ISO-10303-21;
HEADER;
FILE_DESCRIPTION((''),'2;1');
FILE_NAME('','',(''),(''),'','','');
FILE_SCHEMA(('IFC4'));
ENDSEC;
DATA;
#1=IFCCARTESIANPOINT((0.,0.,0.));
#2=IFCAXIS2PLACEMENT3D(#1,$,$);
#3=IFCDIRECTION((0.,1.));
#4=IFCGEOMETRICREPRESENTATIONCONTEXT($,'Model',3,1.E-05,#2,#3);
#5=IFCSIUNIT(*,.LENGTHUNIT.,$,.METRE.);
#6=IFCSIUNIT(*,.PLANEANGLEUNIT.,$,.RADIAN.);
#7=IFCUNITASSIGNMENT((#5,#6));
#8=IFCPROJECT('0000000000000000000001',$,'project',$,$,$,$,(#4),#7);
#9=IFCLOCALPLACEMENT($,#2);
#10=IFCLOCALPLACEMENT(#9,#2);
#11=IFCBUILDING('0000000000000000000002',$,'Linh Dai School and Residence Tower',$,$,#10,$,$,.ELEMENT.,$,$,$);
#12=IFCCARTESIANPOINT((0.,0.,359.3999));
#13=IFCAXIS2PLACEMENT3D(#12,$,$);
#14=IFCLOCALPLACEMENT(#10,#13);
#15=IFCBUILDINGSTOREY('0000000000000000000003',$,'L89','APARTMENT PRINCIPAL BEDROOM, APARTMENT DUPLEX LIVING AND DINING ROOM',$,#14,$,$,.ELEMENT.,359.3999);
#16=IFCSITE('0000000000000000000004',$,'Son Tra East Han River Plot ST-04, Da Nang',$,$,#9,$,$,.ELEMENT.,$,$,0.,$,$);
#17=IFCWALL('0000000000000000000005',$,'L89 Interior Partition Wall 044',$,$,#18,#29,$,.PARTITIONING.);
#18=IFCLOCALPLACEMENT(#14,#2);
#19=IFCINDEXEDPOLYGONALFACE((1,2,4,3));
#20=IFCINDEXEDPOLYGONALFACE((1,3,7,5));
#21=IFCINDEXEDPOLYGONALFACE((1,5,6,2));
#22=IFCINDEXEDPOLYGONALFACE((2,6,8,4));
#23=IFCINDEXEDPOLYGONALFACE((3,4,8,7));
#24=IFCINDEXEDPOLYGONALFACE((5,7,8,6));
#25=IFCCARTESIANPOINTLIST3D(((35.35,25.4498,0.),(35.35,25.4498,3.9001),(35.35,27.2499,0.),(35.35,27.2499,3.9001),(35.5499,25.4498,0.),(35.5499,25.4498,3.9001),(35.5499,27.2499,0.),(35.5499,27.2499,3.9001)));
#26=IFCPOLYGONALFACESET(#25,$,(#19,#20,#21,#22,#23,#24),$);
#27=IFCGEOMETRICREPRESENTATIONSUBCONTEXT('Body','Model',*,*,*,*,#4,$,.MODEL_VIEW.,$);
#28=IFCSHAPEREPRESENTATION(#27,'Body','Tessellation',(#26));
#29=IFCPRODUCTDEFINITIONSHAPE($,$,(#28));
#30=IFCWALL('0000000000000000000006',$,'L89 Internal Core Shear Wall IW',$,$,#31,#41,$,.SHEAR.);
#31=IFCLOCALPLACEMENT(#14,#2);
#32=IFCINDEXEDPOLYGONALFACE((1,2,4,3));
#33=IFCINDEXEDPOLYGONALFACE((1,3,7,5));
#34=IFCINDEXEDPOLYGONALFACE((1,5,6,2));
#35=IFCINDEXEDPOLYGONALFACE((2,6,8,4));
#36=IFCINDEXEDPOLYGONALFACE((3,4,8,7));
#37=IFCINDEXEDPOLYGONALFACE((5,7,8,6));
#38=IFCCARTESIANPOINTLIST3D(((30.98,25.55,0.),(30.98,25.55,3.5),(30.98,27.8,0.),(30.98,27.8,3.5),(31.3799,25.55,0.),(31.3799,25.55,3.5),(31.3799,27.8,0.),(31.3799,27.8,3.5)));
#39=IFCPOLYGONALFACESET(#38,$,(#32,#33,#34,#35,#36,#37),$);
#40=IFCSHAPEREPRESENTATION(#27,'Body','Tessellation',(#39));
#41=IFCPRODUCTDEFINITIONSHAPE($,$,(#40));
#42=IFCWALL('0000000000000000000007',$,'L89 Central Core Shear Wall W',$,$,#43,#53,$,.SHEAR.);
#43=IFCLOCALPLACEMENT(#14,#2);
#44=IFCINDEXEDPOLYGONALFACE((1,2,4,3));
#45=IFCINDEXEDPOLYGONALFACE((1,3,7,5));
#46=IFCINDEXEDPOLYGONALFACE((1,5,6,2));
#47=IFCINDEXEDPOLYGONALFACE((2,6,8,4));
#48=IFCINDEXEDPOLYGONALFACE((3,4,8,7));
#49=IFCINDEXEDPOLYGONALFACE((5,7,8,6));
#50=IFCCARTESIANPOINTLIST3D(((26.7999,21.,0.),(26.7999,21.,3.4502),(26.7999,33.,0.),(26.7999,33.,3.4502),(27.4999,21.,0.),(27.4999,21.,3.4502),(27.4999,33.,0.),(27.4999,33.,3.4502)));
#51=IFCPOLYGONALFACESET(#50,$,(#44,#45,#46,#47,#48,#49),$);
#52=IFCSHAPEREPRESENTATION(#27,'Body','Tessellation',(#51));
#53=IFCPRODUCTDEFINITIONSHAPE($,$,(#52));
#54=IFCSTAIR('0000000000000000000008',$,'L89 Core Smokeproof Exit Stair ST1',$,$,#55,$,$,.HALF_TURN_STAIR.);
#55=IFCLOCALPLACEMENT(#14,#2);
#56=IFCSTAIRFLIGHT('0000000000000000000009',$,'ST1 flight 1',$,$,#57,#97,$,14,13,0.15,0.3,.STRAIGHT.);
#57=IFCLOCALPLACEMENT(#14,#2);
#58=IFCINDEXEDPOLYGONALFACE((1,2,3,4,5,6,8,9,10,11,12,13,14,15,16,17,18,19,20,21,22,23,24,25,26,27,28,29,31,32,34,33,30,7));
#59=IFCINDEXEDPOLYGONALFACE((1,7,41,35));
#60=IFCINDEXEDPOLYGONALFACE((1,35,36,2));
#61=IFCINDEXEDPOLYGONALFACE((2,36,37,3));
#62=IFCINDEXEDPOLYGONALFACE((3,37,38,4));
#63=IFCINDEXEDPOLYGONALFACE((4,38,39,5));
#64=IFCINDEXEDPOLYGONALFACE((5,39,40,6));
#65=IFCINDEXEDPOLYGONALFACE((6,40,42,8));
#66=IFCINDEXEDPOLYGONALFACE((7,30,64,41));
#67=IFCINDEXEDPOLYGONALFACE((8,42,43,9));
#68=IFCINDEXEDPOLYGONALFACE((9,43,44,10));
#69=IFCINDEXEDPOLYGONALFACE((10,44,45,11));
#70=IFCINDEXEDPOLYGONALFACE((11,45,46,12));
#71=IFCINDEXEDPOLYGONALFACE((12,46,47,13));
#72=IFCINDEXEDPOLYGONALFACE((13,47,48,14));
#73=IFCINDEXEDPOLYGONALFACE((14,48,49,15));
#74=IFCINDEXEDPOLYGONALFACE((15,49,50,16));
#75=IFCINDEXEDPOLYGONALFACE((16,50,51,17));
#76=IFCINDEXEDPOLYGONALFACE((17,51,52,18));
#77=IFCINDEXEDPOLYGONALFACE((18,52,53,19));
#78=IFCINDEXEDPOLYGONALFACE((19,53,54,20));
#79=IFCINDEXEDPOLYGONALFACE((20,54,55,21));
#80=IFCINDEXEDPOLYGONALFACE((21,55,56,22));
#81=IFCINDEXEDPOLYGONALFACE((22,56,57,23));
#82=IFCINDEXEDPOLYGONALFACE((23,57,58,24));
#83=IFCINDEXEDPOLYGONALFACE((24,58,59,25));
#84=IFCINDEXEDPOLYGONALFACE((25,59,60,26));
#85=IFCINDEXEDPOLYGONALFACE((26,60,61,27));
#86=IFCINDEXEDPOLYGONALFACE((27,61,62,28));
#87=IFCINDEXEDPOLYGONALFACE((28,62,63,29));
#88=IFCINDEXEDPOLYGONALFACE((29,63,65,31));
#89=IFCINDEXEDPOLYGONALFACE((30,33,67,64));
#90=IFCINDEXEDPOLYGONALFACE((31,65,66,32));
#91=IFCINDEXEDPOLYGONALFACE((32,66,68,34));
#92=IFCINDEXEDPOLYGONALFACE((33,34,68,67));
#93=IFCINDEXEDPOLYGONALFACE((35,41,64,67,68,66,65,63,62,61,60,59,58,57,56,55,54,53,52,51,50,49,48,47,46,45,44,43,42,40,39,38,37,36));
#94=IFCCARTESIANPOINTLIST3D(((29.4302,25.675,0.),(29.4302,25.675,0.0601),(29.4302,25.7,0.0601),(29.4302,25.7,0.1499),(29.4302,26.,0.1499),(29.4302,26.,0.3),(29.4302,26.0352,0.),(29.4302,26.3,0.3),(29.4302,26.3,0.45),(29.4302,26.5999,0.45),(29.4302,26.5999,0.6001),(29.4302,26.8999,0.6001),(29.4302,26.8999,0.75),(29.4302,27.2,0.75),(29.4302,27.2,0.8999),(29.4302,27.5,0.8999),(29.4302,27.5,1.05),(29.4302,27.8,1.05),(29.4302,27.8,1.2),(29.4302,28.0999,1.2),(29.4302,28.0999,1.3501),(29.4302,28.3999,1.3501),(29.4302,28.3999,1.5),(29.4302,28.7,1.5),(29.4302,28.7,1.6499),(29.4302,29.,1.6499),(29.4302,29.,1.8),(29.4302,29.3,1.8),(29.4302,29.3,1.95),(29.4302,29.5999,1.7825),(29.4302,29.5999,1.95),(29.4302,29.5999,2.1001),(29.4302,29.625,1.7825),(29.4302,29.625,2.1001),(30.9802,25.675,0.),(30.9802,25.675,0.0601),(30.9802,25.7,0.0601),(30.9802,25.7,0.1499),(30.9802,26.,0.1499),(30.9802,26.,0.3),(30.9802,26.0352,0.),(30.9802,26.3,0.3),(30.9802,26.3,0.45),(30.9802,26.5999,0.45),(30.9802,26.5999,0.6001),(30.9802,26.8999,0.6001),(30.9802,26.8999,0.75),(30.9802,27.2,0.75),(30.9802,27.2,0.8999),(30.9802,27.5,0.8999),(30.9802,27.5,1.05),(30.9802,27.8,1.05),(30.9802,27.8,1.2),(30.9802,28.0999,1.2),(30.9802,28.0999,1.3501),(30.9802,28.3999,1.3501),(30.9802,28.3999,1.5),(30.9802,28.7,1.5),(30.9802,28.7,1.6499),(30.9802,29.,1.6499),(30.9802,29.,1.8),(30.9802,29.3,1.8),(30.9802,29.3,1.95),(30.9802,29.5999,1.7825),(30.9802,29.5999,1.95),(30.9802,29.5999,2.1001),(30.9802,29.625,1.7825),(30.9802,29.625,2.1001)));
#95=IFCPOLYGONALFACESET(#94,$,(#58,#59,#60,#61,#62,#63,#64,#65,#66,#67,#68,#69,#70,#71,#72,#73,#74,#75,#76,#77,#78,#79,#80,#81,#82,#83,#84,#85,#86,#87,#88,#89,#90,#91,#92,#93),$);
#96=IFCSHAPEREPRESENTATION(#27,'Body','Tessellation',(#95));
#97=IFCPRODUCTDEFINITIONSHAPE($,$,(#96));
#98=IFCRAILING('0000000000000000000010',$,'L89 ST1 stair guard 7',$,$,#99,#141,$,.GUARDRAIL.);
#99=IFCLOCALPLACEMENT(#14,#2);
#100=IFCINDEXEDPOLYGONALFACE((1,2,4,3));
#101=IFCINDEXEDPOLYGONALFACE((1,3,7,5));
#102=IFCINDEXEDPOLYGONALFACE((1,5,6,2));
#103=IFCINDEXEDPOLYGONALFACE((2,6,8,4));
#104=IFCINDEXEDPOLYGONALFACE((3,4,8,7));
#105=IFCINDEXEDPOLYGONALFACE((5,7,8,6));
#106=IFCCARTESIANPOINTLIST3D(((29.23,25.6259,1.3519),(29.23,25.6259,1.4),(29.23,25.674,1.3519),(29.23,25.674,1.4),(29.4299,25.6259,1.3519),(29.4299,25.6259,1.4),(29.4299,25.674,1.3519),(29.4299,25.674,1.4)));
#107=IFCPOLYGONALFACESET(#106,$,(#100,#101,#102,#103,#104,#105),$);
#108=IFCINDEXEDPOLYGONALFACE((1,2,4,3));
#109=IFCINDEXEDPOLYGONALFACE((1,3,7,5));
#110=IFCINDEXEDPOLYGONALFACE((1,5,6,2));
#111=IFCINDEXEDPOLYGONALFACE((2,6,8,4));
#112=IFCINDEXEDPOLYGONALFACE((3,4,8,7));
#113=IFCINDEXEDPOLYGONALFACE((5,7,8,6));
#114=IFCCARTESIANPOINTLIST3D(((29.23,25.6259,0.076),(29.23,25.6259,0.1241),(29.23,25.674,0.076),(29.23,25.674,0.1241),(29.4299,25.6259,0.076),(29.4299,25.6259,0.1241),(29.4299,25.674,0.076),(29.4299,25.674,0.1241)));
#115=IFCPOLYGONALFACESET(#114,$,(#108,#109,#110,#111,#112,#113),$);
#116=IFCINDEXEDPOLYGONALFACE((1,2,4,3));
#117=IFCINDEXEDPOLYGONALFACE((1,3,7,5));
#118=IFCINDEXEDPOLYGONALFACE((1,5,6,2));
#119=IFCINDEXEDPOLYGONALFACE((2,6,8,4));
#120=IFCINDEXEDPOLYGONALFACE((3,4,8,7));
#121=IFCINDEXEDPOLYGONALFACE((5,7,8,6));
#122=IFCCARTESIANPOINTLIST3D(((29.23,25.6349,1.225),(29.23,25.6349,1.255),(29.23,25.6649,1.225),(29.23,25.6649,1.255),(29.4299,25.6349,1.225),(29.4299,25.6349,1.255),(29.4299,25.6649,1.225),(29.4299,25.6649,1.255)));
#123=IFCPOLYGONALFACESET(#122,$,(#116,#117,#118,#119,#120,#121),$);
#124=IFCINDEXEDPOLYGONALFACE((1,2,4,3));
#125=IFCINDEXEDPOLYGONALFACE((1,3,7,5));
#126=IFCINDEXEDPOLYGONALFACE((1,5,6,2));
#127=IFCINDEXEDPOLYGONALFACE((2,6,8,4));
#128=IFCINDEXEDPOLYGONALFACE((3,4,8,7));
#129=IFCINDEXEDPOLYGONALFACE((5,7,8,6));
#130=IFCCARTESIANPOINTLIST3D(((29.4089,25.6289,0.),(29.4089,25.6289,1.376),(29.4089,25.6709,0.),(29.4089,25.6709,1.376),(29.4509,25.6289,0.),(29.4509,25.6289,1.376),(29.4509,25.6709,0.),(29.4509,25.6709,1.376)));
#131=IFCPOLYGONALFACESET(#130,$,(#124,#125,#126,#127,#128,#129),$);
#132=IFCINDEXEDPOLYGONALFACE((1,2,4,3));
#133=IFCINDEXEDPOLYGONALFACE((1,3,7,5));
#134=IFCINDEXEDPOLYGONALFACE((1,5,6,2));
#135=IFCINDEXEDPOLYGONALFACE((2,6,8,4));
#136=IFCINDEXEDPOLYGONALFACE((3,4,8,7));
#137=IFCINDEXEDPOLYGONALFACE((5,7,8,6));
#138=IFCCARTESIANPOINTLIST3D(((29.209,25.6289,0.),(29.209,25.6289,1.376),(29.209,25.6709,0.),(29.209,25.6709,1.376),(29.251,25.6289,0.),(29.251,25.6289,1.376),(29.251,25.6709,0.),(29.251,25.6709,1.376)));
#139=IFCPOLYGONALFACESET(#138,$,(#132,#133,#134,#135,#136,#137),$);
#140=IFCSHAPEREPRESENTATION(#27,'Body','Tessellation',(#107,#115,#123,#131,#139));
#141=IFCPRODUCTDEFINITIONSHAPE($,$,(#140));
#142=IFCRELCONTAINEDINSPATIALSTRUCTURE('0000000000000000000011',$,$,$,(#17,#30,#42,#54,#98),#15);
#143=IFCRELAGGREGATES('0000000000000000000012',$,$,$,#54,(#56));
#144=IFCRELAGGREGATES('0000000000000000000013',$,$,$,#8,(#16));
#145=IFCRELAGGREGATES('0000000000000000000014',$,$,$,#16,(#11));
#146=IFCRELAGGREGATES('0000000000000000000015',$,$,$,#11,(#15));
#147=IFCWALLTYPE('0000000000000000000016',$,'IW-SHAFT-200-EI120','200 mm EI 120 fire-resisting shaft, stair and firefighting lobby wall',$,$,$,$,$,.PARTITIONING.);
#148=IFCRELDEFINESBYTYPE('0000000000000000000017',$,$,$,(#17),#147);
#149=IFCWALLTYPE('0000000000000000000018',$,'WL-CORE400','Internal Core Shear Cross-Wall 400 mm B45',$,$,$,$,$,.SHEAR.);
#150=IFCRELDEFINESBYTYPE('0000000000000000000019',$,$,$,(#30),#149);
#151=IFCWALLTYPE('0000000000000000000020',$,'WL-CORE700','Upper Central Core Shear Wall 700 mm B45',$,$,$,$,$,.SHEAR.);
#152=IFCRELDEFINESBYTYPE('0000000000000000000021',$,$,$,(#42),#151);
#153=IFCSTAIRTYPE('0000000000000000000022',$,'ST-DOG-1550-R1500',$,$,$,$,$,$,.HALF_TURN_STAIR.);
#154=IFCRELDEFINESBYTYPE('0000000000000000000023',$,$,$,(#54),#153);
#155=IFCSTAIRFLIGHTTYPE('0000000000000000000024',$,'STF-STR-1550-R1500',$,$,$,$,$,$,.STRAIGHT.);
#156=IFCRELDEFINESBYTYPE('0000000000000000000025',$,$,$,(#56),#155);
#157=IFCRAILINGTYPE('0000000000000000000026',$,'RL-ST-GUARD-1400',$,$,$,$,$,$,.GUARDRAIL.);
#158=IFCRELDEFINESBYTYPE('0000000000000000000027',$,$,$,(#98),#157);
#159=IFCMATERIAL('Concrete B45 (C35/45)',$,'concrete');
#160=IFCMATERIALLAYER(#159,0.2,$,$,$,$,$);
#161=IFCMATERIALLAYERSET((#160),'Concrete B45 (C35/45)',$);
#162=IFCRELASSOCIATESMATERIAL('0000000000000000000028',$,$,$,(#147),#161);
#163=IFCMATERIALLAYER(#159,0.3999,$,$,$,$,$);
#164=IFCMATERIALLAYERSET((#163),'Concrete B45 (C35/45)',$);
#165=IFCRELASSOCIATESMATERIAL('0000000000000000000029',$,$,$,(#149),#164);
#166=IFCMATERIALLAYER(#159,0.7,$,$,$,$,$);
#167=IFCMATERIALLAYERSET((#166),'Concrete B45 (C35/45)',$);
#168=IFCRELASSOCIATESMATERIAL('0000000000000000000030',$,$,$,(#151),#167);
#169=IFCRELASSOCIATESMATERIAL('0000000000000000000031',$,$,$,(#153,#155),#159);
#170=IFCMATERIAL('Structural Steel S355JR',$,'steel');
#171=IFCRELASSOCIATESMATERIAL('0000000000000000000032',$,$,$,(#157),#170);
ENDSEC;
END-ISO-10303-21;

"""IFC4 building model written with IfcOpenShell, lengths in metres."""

from ifc_helpers import new_model, si_unit, direction, frame, frame_2d, origin, origin_2d, place, context, subcontext, project, spatial, polyline, rectangle, outline, extrude, source, transform, mapped, material, layer, layer_set, type_object, element, aggregate, save


model = new_model("IFC4")

# Units and contexts
model_context = context("Model", 3, precision=1e-05, world=origin(), true_north=direction((0.0, 1.0)))
body_context = subcontext(model_context, "Body", "Model", "MODEL_VIEW")
ifc_project = project(units=[si_unit("LENGTHUNIT", "METRE"), si_unit("PLANEANGLEUNIT", "RADIAN")], contexts=[model_context])

# Site, building, storey
site_placement = place(None, origin())
site = spatial("IfcSite", under=ifc_project, at=site_placement, Name="Son Tra East Han River Plot ST-04, Da Nang", CompositionType="ELEMENT", RefElevation=0.0)
building_placement = place(site_placement, origin())
building = spatial("IfcBuilding", under=site, at=building_placement, Name="Linh Dai School and Residence Tower", CompositionType="ELEMENT")
storey_placement = place(building_placement, frame((0.0, 0.0, 359.3999)))
storey = spatial("IfcBuildingStorey", under=building, at=storey_placement, Name="L89", Description="APARTMENT PRINCIPAL BEDROOM, APARTMENT DUPLEX LIVING AND DINING ROOM", CompositionType="ELEMENT", Elevation=359.3999)

# Shared definitions
ifc_material_1 = material(Name="Structural Steel S355JR", Category="steel")

# Shared definitions
ifc_material_2 = material(Name="Concrete B45 (C35/45)", Category="concrete")
ifc_layer_1 = layer(ifc_material_2, 0.2)
ifc_layer_set_1 = layer_set([ifc_layer_1], Name="Concrete B45 (C35/45)")
wall_type_1 = type_object("IfcWallType", Name="IW-SHAFT-200-EI120", Description="200 mm EI 120 fire-resisting shaft, stair and firefighting lobby wall", PredefinedType="PARTITIONING", material=ifc_layer_set_1)

# Wall
wall_1_placement = place(storey_placement, frame((35.45, 25.45, 0.0), z_axis=(0.0, 0.0, 1.0), x_axis=(0.0, 1.0, 0.0)))
element("IfcWall", 1, at=wall_1_placement, inside=storey, type_object=wall_type_1, Name="L89 Interior Partition Wall 044", PredefinedType="PARTITIONING", context=body_context, shape_type="SweptSolid", body=[
    extrude(rectangle(XDim=1.8, YDim=0.2, at=frame_2d((0.8999, 0.0))), origin(), (0.0, 0.0, 1.0), 3.9001),
])

# Walls
ifc_layer_2 = layer(ifc_material_2, 0.3999)
ifc_layer_set_2 = layer_set([ifc_layer_2], Name="Concrete B45 (C35/45)")
wall_type_2 = type_object("IfcWallType", Name="WL-CORE400", Description="Internal Core Shear Cross-Wall 400 mm B45", PredefinedType="SHEAR", material=ifc_layer_set_2)
wall_2_placement = place(storey_placement, frame((31.1799, 25.55, 0.0), z_axis=(0.0, 0.0, 1.0), x_axis=(0.0, 1.0, 0.0)))
element("IfcWall", 2, at=wall_2_placement, inside=storey, type_object=wall_type_2, Name="L89 Internal Core Shear Wall IW", PredefinedType="SHEAR", context=body_context, shape_type="SweptSolid", body=[
    extrude(rectangle(XDim=2.25, YDim=0.3999, at=frame_2d((1.125, 0.0))), origin(), (0.0, 0.0, 1.0), 3.5),
])
ifc_layer_3 = layer(ifc_material_2, 0.7)
ifc_layer_set_3 = layer_set([ifc_layer_3], Name="Concrete B45 (C35/45)")
wall_type_3 = type_object("IfcWallType", Name="WL-CORE700", Description="Upper Central Core Shear Wall 700 mm B45", PredefinedType="SHEAR", material=ifc_layer_set_3)
wall_3_placement = place(storey_placement, frame((27.1499, 21.0, 0.0), z_axis=(0.0, 0.0, 1.0), x_axis=(0.0, 1.0, 0.0)))
element("IfcWall", 3, at=wall_3_placement, inside=storey, type_object=wall_type_3, Name="L89 Central Core Shear Wall W", PredefinedType="SHEAR", context=body_context, shape_type="SweptSolid", body=[
    extrude(rectangle(XDim=12.0, YDim=0.7, at=frame_2d((6.0, 0.0))), origin(), (0.0, 0.0, 1.0), 3.4502),
])

# Stair, stair flight
stair_type = type_object("IfcStairType", Name="ST-DOG-1550-R1500", PredefinedType="HALF_TURN_STAIR", material=ifc_material_2)
stair_placement = place(storey_placement, origin())
stair = element("IfcStair", 4, at=stair_placement, inside=storey, type_object=stair_type, Name="L89 Core Smokeproof Exit Stair ST1", PredefinedType="HALF_TURN_STAIR")
stair_flight_type = type_object("IfcStairFlightType", Name="STF-STR-1550-R1500", PredefinedType="STRAIGHT", material=ifc_material_2)
shared_shape_1 = source(origin(), body_context, "Body", "SweptSolid", [
    extrude(outline(polyline([(-0.0249, 0.0), (-0.0249, 0.0601), (0.0, 0.0601), (0.0, 0.1499), (0.3, 0.1499), (0.3, 0.3), (0.6001, 0.3), (0.6001, 0.45), (0.8999, 0.45), (0.8999, 0.6001), (1.2, 0.6001), (1.2, 0.75), (1.5, 0.75), (1.5, 0.8999), (1.8, 0.8999), (1.8, 1.05), (2.1001, 1.05), (2.1001, 1.2), (2.3999, 1.2), (2.3999, 1.3501), (2.7, 1.3501), (2.7, 1.5), (3.0, 1.5), (3.0, 1.6499), (3.3, 1.6499), (3.3, 1.8), (3.6001, 1.8), (3.6001, 1.95), (3.8999, 1.95), (3.8999, 2.1001), (3.925, 2.1001), (3.925, 1.7825), (3.8999, 1.7825), (0.3352, 0.0), (-0.0249, 0.0)])), frame((0.0, 0.7749, 0.0), z_axis=(0.0, -1.0, 0.0), x_axis=(1.0, 0.0, 0.0)), (0.0, 0.0, 1.0), 1.55),
])
stair_flight_placement = place(storey_placement, frame((30.2051, 25.7, 0.0), z_axis=(0.0, 0.0, 1.0), x_axis=(0.0, 1.0, 0.0)))
stair_flight = element("IfcStairFlight", 5, at=stair_flight_placement, type_object=stair_flight_type, Name="ST1 flight 1", NumberOfRisers=14, NumberOfTreads=13, PredefinedType="STRAIGHT", RiserHeight=0.15, TreadLength=0.3, context=body_context, shape_type="MappedRepresentation", body=[
    mapped(shared_shape_1, transform((0.0, 0.0, 0.0), x_axis=(1.0, 0.0, 0.0), y_axis=(0.0, 1.0, 0.0), z_axis=(0.0, 0.0, 1.0), scale=1.0)),
])
aggregate(stair, [stair_flight])

# Railing
railing_type_1 = type_object("IfcRailingType", Name="RL-ST-GUARD-1400", PredefinedType="GUARDRAIL", material=ifc_material_1)
shared_shape_2 = source(origin(), body_context, "Body", "SweptSolid", [
    extrude(rectangle(XDim=0.0481, YDim=0.0481, at=origin_2d()), frame((0.0, 0.0, 1.376), z_axis=(-1.0, 0.0, 0.0), x_axis=(0.0, -1.0, 0.0)), (0.0, 0.0, 1.0), 0.2),
    extrude(rectangle(XDim=0.0481, YDim=0.0481, at=origin_2d()), frame((0.0, 0.0, 0.1001), z_axis=(-1.0, 0.0, 0.0), x_axis=(0.0, -1.0, 0.0)), (0.0, 0.0, 1.0), 0.2),
    extrude(rectangle(XDim=0.03, YDim=0.03, at=origin_2d()), frame((0.0, 0.0, 1.24), z_axis=(-1.0, 0.0, 0.0), x_axis=(0.0, -1.0, 0.0)), (0.0, 0.0, 1.0), 0.2),
    extrude(rectangle(XDim=0.042, YDim=0.042, at=origin_2d()), origin(), (0.0, 0.0, 1.0), 1.376),
    extrude(rectangle(XDim=0.042, YDim=0.042, at=origin_2d()), frame((-0.2, 0.0, 0.0)), (0.0, 0.0, 1.0), 1.376),
])
railing_1_placement = place(storey_placement, frame((29.4299, 25.6499, 0.0)))
element("IfcRailing", 6, at=railing_1_placement, inside=storey, type_object=railing_type_1, Name="L89 ST1 stair guard 7", PredefinedType="GUARDRAIL", context=body_context, shape_type="MappedRepresentation", body=[
    mapped(shared_shape_2, transform((0.0, 0.0, 0.0), x_axis=(1.0, 0.0, 0.0), y_axis=(0.0, 1.0, 0.0), z_axis=(0.0, 0.0, 1.0), scale=1.0)),
])

save(model, "model.ifc")
